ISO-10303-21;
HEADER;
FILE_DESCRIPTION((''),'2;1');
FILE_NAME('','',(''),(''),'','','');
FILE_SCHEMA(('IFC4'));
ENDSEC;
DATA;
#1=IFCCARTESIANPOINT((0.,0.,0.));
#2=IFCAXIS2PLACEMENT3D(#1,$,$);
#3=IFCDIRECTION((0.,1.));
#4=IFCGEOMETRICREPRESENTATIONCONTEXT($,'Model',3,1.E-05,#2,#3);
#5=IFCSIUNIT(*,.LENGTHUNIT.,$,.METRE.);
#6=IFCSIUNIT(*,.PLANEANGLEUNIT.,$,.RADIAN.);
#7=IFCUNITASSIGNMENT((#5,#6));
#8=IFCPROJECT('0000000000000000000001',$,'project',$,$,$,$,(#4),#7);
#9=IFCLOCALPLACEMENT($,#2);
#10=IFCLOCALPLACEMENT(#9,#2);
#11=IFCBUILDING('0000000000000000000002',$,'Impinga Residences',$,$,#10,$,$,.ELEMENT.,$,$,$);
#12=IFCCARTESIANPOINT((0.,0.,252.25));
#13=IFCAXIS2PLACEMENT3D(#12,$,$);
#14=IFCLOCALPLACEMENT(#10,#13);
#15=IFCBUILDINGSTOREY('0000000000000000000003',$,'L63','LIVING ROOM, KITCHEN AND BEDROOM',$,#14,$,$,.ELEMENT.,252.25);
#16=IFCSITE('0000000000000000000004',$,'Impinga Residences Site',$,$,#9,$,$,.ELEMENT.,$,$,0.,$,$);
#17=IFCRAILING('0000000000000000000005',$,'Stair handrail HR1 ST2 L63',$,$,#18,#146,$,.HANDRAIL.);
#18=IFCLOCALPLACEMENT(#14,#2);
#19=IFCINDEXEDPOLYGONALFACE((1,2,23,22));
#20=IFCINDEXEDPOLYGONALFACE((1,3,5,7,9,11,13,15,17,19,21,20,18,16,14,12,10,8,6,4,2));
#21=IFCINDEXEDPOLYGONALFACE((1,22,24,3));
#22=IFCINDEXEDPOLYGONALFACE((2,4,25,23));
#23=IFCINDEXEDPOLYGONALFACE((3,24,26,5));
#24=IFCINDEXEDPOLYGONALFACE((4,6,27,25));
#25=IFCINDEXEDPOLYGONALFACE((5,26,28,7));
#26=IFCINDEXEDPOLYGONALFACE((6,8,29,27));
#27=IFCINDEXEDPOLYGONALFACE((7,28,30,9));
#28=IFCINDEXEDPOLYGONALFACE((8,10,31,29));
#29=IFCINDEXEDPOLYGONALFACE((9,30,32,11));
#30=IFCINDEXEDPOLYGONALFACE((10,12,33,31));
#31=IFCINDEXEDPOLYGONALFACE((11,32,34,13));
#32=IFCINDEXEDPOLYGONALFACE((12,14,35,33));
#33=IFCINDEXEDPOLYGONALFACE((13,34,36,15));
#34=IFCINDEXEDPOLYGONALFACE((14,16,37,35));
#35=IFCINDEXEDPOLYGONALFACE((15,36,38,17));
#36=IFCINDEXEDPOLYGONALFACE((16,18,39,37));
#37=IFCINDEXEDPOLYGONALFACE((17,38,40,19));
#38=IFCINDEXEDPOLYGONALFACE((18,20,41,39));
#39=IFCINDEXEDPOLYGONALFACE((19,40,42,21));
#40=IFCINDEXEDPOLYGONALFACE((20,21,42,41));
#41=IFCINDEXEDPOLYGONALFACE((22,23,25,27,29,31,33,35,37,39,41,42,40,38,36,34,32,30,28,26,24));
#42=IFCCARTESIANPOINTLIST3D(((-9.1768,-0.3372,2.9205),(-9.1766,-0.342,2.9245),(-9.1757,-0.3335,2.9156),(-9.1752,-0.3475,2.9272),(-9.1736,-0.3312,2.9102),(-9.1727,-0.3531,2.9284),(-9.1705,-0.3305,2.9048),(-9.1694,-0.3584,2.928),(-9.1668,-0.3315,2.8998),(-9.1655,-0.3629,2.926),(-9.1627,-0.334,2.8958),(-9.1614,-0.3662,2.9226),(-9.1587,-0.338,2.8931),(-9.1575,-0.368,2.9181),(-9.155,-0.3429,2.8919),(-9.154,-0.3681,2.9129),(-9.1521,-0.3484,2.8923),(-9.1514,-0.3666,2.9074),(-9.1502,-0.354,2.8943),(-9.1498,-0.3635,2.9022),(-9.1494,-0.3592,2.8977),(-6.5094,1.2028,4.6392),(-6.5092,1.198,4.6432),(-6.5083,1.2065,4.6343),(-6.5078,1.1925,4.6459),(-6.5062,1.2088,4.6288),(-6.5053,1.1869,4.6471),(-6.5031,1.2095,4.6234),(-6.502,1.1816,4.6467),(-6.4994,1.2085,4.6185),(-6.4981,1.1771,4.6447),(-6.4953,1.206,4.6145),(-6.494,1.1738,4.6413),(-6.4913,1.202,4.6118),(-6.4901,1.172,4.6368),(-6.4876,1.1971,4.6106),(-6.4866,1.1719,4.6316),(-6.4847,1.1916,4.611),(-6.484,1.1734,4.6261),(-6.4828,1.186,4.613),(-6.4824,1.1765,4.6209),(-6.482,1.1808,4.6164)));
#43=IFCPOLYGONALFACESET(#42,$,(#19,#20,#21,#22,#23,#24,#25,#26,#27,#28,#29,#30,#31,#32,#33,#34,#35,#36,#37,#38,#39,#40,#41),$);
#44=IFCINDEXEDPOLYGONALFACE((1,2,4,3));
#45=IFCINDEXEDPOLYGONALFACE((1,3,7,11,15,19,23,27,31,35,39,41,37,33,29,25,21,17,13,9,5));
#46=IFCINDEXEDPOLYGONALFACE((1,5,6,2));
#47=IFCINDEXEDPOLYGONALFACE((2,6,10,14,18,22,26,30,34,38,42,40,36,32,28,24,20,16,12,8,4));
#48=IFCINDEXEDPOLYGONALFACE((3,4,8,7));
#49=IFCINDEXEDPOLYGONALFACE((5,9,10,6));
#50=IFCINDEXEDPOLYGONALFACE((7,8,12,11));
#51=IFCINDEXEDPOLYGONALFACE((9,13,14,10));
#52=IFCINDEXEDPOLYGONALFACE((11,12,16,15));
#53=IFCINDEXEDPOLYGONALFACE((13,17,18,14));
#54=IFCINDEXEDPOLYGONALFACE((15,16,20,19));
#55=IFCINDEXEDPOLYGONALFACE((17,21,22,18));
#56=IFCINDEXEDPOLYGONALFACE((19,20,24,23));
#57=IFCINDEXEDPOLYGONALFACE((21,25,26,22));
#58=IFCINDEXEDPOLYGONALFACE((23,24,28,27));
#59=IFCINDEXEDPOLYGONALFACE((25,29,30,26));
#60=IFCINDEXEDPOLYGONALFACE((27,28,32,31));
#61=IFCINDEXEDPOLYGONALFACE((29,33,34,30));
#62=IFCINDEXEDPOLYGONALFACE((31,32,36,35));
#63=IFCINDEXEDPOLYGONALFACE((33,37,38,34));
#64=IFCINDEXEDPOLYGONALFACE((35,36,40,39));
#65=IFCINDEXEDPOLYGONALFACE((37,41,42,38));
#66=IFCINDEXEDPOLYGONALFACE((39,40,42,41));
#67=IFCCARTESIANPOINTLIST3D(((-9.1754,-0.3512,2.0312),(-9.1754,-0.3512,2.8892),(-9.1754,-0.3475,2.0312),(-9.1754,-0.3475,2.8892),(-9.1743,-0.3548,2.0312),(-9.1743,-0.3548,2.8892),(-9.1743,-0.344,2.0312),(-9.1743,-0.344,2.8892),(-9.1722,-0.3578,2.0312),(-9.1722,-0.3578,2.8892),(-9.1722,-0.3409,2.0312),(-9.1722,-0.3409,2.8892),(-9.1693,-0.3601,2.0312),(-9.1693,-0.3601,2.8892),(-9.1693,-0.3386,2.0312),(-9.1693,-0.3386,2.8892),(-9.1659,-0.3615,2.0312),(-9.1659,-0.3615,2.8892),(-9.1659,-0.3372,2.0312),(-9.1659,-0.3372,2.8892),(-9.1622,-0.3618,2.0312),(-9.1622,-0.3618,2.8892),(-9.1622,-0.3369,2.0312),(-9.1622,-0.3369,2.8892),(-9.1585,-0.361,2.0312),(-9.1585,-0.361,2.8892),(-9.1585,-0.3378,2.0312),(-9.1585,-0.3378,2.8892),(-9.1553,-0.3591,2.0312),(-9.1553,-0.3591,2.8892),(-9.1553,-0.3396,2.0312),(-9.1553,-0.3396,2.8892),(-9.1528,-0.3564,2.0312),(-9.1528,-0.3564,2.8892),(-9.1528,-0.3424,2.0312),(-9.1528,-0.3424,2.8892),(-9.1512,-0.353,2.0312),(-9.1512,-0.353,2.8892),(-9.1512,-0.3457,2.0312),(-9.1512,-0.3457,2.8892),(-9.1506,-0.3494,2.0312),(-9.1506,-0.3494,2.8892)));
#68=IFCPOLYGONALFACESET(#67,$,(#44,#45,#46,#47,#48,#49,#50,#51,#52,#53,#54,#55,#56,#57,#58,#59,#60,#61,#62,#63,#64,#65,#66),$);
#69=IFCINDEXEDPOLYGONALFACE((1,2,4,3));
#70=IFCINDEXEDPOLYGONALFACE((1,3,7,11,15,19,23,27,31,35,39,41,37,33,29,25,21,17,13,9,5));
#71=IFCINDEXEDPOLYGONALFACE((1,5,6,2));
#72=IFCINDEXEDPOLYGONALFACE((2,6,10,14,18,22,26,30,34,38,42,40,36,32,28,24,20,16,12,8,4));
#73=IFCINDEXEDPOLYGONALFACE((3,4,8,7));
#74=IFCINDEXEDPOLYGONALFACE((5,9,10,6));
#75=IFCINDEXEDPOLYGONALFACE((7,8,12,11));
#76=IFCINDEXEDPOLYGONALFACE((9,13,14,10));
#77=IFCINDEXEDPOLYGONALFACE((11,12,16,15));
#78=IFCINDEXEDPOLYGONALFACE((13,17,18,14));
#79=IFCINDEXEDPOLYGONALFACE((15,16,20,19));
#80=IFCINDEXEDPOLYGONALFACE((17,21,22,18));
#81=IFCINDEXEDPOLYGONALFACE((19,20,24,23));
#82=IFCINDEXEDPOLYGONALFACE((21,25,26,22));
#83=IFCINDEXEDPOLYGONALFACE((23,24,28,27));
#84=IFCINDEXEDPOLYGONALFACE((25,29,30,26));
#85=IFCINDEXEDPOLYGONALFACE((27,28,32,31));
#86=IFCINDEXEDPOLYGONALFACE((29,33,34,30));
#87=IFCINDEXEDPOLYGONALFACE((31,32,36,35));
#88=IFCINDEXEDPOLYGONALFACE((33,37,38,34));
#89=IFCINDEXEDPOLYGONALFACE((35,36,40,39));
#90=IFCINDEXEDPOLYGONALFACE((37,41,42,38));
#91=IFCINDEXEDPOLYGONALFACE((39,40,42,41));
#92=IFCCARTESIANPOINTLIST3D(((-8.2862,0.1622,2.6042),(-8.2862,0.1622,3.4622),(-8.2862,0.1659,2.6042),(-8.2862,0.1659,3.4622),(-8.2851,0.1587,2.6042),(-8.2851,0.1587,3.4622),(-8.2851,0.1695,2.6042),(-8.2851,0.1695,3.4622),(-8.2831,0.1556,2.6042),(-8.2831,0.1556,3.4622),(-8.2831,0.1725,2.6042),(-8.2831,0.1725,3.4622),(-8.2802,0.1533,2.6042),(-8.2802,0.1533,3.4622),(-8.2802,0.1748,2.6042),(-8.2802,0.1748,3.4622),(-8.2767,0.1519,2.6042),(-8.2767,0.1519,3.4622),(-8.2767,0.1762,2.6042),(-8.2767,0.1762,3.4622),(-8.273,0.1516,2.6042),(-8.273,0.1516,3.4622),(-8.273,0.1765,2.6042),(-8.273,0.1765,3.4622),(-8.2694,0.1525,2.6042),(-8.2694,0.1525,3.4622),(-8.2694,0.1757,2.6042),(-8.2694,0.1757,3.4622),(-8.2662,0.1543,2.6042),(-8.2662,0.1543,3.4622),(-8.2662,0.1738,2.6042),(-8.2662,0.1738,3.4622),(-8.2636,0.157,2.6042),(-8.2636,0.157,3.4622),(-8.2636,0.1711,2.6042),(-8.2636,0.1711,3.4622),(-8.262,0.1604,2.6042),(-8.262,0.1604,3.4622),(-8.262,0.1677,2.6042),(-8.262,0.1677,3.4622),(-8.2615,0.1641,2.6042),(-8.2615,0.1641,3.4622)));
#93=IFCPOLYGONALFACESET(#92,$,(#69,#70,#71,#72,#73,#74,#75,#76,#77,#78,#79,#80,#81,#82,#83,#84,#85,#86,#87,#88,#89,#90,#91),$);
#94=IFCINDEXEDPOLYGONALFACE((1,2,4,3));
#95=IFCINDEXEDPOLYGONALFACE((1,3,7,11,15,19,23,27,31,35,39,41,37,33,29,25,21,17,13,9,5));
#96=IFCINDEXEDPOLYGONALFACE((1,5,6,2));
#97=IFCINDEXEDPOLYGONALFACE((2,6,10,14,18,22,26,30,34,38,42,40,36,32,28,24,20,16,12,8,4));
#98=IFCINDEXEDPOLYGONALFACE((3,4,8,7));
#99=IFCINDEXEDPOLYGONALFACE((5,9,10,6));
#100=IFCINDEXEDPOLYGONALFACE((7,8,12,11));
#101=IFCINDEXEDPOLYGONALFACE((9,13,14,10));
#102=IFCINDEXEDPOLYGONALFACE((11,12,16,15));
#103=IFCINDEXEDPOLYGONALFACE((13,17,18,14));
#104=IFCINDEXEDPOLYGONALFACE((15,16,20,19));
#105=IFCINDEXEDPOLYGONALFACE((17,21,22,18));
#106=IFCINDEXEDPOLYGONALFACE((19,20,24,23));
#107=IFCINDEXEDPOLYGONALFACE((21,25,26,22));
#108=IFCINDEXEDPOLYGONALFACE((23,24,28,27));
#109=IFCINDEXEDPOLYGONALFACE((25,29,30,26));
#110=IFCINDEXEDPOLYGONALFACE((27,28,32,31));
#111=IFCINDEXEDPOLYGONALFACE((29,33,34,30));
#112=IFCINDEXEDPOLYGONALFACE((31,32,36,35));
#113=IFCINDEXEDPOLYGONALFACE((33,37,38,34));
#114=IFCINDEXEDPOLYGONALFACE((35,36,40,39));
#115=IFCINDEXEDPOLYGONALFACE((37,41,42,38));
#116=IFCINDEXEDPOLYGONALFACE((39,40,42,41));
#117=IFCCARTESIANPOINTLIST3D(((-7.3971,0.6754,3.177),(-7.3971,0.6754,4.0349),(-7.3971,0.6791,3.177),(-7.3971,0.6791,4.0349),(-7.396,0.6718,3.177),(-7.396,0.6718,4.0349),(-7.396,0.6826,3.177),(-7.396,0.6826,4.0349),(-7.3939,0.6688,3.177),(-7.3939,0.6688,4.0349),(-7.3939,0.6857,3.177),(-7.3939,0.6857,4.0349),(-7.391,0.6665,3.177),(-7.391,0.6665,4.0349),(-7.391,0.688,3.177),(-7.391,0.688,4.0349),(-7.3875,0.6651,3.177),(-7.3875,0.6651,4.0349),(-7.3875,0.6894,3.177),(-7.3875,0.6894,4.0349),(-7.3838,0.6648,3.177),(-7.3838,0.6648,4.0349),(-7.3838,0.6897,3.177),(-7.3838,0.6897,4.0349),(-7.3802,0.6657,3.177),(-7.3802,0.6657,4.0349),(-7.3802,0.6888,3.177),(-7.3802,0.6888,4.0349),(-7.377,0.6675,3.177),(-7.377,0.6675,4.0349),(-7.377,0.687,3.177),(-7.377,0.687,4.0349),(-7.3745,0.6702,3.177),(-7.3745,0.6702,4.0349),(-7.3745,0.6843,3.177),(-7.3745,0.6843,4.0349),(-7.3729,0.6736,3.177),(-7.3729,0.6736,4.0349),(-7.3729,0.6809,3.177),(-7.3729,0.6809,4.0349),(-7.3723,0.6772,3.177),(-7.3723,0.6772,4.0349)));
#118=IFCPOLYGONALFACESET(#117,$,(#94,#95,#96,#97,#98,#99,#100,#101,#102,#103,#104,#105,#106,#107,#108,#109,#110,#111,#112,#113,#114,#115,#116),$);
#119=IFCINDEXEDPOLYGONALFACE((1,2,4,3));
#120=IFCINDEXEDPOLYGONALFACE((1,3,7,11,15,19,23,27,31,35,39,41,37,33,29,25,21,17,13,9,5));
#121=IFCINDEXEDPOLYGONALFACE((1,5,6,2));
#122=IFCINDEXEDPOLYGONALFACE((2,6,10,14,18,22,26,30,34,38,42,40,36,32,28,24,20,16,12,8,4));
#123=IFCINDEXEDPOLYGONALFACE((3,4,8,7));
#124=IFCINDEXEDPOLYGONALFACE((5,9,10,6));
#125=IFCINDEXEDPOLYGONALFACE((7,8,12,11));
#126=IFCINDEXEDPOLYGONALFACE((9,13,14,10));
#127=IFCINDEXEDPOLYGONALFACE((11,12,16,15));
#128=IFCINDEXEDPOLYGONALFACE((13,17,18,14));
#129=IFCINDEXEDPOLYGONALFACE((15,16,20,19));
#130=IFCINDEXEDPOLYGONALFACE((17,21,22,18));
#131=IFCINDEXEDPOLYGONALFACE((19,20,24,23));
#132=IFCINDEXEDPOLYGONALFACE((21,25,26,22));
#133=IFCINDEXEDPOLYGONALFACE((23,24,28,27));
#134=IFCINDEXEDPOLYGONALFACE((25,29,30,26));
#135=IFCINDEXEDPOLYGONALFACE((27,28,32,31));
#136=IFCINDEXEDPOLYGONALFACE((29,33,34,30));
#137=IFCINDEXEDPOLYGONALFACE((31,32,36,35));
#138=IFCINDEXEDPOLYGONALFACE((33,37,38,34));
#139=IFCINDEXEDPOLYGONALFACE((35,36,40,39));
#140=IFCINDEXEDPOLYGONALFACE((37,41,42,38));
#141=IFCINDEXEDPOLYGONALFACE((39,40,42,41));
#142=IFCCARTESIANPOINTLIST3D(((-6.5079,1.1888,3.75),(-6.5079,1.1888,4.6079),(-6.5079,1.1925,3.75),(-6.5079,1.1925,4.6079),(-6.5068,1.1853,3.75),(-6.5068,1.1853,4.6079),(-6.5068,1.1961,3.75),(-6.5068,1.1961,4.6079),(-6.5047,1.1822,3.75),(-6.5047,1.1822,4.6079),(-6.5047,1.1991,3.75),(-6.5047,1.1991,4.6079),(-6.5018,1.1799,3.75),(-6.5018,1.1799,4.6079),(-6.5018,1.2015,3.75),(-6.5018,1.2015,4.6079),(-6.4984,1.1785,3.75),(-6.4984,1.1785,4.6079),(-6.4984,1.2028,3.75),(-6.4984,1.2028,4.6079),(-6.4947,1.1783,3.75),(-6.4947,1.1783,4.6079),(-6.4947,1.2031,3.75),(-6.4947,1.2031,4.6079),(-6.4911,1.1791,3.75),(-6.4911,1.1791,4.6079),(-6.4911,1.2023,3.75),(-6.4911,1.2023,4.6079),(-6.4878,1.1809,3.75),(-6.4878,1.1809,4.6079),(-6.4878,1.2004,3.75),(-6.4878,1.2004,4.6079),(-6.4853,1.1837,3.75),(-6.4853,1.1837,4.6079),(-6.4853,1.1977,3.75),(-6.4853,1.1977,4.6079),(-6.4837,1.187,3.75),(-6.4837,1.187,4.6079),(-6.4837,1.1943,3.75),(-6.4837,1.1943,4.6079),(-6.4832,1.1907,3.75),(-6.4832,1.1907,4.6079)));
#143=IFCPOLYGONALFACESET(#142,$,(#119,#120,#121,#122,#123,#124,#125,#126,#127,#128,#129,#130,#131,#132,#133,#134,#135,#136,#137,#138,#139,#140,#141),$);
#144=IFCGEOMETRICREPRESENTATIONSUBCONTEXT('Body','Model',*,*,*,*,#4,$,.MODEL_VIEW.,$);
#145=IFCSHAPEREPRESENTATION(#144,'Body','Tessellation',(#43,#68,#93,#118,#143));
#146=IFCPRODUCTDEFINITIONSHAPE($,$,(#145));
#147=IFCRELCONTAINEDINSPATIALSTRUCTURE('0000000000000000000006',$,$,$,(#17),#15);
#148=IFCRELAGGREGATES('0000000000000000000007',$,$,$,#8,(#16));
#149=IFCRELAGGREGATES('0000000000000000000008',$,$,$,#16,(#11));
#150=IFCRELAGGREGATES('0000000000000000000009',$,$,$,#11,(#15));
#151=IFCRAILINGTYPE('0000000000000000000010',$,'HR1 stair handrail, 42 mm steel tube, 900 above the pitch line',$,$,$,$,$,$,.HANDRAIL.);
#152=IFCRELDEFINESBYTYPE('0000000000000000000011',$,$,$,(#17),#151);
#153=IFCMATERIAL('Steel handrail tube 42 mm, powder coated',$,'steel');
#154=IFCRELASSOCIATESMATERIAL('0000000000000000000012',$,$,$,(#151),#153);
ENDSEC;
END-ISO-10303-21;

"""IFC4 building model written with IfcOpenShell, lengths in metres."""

from ifc_helpers import new_model, si_unit, direction, frame, origin, origin_2d, place, context, subcontext, project, spatial, circle, extrude, material, type_object, element, save


model = new_model("IFC4")

# Units and contexts
model_context = context("Model", 3, precision=1e-05, world=origin(), true_north=direction((0.0, 1.0)))
body_context = subcontext(model_context, "Body", "Model", "MODEL_VIEW")
ifc_project = project(units=[si_unit("LENGTHUNIT", "METRE"), si_unit("PLANEANGLEUNIT", "RADIAN")], contexts=[model_context])

# Site, building, storey
site_placement = place(None, origin())
site = spatial("IfcSite", under=ifc_project, at=site_placement, Name="Impinga Residences Site", CompositionType="ELEMENT", RefElevation=0.0)
building_placement = place(site_placement, origin())
building = spatial("IfcBuilding", under=site, at=building_placement, Name="Impinga Residences", CompositionType="ELEMENT")
storey_placement = place(building_placement, frame((0.0, 0.0, 252.25)))
storey = spatial("IfcBuildingStorey", under=building, at=storey_placement, Name="L63", Description="LIVING ROOM, KITCHEN AND BEDROOM", CompositionType="ELEMENT", Elevation=252.25)

# Railing
ifc_material_1 = material(Name="Steel handrail tube 42 mm, powder coated", Category="steel")
railing_type_1 = type_object("IfcRailingType", Name="HR1 stair handrail, 42 mm steel tube, 900 above the pitch line", PredefinedType="HANDRAIL", material=ifc_material_1)
railing_1_placement = place(storey_placement, frame((-9.1631, -0.3494, 2.0312)))
element("IfcRailing", 1, at=railing_1_placement, inside=storey, type_object=railing_type_1, Name="Stair handrail HR1 ST2 L63", PredefinedType="HANDRAIL", context=body_context, shape_type="SweptSolid", body=[
    extrude(circle(Radius=0.021, at=origin_2d()), frame((0.0, 0.0, 0.8789), z_axis=(0.756256, 0.436616, 0.487282), x_axis=(-0.499992, 0.86603, 0.0)), (0.0, 0.0, 1.0), 3.5271),
    extrude(circle(Radius=0.0125, at=origin_2d()), origin(), (0.0, 0.0, 1.0), 0.8579),
    extrude(circle(Radius=0.0125, at=origin_2d()), frame((0.8892, 0.5134, 0.573)), (0.0, 0.0, 1.0), 0.8579),
    extrude(circle(Radius=0.0125, at=origin_2d()), frame((1.7783, 1.0266, 1.1458)), (0.0, 0.0, 1.0), 0.8579),
    extrude(circle(Radius=0.0125, at=origin_2d()), frame((2.6675, 1.54, 1.7188)), (0.0, 0.0, 1.0), 0.8579),
])

save(model, "model.ifc")
